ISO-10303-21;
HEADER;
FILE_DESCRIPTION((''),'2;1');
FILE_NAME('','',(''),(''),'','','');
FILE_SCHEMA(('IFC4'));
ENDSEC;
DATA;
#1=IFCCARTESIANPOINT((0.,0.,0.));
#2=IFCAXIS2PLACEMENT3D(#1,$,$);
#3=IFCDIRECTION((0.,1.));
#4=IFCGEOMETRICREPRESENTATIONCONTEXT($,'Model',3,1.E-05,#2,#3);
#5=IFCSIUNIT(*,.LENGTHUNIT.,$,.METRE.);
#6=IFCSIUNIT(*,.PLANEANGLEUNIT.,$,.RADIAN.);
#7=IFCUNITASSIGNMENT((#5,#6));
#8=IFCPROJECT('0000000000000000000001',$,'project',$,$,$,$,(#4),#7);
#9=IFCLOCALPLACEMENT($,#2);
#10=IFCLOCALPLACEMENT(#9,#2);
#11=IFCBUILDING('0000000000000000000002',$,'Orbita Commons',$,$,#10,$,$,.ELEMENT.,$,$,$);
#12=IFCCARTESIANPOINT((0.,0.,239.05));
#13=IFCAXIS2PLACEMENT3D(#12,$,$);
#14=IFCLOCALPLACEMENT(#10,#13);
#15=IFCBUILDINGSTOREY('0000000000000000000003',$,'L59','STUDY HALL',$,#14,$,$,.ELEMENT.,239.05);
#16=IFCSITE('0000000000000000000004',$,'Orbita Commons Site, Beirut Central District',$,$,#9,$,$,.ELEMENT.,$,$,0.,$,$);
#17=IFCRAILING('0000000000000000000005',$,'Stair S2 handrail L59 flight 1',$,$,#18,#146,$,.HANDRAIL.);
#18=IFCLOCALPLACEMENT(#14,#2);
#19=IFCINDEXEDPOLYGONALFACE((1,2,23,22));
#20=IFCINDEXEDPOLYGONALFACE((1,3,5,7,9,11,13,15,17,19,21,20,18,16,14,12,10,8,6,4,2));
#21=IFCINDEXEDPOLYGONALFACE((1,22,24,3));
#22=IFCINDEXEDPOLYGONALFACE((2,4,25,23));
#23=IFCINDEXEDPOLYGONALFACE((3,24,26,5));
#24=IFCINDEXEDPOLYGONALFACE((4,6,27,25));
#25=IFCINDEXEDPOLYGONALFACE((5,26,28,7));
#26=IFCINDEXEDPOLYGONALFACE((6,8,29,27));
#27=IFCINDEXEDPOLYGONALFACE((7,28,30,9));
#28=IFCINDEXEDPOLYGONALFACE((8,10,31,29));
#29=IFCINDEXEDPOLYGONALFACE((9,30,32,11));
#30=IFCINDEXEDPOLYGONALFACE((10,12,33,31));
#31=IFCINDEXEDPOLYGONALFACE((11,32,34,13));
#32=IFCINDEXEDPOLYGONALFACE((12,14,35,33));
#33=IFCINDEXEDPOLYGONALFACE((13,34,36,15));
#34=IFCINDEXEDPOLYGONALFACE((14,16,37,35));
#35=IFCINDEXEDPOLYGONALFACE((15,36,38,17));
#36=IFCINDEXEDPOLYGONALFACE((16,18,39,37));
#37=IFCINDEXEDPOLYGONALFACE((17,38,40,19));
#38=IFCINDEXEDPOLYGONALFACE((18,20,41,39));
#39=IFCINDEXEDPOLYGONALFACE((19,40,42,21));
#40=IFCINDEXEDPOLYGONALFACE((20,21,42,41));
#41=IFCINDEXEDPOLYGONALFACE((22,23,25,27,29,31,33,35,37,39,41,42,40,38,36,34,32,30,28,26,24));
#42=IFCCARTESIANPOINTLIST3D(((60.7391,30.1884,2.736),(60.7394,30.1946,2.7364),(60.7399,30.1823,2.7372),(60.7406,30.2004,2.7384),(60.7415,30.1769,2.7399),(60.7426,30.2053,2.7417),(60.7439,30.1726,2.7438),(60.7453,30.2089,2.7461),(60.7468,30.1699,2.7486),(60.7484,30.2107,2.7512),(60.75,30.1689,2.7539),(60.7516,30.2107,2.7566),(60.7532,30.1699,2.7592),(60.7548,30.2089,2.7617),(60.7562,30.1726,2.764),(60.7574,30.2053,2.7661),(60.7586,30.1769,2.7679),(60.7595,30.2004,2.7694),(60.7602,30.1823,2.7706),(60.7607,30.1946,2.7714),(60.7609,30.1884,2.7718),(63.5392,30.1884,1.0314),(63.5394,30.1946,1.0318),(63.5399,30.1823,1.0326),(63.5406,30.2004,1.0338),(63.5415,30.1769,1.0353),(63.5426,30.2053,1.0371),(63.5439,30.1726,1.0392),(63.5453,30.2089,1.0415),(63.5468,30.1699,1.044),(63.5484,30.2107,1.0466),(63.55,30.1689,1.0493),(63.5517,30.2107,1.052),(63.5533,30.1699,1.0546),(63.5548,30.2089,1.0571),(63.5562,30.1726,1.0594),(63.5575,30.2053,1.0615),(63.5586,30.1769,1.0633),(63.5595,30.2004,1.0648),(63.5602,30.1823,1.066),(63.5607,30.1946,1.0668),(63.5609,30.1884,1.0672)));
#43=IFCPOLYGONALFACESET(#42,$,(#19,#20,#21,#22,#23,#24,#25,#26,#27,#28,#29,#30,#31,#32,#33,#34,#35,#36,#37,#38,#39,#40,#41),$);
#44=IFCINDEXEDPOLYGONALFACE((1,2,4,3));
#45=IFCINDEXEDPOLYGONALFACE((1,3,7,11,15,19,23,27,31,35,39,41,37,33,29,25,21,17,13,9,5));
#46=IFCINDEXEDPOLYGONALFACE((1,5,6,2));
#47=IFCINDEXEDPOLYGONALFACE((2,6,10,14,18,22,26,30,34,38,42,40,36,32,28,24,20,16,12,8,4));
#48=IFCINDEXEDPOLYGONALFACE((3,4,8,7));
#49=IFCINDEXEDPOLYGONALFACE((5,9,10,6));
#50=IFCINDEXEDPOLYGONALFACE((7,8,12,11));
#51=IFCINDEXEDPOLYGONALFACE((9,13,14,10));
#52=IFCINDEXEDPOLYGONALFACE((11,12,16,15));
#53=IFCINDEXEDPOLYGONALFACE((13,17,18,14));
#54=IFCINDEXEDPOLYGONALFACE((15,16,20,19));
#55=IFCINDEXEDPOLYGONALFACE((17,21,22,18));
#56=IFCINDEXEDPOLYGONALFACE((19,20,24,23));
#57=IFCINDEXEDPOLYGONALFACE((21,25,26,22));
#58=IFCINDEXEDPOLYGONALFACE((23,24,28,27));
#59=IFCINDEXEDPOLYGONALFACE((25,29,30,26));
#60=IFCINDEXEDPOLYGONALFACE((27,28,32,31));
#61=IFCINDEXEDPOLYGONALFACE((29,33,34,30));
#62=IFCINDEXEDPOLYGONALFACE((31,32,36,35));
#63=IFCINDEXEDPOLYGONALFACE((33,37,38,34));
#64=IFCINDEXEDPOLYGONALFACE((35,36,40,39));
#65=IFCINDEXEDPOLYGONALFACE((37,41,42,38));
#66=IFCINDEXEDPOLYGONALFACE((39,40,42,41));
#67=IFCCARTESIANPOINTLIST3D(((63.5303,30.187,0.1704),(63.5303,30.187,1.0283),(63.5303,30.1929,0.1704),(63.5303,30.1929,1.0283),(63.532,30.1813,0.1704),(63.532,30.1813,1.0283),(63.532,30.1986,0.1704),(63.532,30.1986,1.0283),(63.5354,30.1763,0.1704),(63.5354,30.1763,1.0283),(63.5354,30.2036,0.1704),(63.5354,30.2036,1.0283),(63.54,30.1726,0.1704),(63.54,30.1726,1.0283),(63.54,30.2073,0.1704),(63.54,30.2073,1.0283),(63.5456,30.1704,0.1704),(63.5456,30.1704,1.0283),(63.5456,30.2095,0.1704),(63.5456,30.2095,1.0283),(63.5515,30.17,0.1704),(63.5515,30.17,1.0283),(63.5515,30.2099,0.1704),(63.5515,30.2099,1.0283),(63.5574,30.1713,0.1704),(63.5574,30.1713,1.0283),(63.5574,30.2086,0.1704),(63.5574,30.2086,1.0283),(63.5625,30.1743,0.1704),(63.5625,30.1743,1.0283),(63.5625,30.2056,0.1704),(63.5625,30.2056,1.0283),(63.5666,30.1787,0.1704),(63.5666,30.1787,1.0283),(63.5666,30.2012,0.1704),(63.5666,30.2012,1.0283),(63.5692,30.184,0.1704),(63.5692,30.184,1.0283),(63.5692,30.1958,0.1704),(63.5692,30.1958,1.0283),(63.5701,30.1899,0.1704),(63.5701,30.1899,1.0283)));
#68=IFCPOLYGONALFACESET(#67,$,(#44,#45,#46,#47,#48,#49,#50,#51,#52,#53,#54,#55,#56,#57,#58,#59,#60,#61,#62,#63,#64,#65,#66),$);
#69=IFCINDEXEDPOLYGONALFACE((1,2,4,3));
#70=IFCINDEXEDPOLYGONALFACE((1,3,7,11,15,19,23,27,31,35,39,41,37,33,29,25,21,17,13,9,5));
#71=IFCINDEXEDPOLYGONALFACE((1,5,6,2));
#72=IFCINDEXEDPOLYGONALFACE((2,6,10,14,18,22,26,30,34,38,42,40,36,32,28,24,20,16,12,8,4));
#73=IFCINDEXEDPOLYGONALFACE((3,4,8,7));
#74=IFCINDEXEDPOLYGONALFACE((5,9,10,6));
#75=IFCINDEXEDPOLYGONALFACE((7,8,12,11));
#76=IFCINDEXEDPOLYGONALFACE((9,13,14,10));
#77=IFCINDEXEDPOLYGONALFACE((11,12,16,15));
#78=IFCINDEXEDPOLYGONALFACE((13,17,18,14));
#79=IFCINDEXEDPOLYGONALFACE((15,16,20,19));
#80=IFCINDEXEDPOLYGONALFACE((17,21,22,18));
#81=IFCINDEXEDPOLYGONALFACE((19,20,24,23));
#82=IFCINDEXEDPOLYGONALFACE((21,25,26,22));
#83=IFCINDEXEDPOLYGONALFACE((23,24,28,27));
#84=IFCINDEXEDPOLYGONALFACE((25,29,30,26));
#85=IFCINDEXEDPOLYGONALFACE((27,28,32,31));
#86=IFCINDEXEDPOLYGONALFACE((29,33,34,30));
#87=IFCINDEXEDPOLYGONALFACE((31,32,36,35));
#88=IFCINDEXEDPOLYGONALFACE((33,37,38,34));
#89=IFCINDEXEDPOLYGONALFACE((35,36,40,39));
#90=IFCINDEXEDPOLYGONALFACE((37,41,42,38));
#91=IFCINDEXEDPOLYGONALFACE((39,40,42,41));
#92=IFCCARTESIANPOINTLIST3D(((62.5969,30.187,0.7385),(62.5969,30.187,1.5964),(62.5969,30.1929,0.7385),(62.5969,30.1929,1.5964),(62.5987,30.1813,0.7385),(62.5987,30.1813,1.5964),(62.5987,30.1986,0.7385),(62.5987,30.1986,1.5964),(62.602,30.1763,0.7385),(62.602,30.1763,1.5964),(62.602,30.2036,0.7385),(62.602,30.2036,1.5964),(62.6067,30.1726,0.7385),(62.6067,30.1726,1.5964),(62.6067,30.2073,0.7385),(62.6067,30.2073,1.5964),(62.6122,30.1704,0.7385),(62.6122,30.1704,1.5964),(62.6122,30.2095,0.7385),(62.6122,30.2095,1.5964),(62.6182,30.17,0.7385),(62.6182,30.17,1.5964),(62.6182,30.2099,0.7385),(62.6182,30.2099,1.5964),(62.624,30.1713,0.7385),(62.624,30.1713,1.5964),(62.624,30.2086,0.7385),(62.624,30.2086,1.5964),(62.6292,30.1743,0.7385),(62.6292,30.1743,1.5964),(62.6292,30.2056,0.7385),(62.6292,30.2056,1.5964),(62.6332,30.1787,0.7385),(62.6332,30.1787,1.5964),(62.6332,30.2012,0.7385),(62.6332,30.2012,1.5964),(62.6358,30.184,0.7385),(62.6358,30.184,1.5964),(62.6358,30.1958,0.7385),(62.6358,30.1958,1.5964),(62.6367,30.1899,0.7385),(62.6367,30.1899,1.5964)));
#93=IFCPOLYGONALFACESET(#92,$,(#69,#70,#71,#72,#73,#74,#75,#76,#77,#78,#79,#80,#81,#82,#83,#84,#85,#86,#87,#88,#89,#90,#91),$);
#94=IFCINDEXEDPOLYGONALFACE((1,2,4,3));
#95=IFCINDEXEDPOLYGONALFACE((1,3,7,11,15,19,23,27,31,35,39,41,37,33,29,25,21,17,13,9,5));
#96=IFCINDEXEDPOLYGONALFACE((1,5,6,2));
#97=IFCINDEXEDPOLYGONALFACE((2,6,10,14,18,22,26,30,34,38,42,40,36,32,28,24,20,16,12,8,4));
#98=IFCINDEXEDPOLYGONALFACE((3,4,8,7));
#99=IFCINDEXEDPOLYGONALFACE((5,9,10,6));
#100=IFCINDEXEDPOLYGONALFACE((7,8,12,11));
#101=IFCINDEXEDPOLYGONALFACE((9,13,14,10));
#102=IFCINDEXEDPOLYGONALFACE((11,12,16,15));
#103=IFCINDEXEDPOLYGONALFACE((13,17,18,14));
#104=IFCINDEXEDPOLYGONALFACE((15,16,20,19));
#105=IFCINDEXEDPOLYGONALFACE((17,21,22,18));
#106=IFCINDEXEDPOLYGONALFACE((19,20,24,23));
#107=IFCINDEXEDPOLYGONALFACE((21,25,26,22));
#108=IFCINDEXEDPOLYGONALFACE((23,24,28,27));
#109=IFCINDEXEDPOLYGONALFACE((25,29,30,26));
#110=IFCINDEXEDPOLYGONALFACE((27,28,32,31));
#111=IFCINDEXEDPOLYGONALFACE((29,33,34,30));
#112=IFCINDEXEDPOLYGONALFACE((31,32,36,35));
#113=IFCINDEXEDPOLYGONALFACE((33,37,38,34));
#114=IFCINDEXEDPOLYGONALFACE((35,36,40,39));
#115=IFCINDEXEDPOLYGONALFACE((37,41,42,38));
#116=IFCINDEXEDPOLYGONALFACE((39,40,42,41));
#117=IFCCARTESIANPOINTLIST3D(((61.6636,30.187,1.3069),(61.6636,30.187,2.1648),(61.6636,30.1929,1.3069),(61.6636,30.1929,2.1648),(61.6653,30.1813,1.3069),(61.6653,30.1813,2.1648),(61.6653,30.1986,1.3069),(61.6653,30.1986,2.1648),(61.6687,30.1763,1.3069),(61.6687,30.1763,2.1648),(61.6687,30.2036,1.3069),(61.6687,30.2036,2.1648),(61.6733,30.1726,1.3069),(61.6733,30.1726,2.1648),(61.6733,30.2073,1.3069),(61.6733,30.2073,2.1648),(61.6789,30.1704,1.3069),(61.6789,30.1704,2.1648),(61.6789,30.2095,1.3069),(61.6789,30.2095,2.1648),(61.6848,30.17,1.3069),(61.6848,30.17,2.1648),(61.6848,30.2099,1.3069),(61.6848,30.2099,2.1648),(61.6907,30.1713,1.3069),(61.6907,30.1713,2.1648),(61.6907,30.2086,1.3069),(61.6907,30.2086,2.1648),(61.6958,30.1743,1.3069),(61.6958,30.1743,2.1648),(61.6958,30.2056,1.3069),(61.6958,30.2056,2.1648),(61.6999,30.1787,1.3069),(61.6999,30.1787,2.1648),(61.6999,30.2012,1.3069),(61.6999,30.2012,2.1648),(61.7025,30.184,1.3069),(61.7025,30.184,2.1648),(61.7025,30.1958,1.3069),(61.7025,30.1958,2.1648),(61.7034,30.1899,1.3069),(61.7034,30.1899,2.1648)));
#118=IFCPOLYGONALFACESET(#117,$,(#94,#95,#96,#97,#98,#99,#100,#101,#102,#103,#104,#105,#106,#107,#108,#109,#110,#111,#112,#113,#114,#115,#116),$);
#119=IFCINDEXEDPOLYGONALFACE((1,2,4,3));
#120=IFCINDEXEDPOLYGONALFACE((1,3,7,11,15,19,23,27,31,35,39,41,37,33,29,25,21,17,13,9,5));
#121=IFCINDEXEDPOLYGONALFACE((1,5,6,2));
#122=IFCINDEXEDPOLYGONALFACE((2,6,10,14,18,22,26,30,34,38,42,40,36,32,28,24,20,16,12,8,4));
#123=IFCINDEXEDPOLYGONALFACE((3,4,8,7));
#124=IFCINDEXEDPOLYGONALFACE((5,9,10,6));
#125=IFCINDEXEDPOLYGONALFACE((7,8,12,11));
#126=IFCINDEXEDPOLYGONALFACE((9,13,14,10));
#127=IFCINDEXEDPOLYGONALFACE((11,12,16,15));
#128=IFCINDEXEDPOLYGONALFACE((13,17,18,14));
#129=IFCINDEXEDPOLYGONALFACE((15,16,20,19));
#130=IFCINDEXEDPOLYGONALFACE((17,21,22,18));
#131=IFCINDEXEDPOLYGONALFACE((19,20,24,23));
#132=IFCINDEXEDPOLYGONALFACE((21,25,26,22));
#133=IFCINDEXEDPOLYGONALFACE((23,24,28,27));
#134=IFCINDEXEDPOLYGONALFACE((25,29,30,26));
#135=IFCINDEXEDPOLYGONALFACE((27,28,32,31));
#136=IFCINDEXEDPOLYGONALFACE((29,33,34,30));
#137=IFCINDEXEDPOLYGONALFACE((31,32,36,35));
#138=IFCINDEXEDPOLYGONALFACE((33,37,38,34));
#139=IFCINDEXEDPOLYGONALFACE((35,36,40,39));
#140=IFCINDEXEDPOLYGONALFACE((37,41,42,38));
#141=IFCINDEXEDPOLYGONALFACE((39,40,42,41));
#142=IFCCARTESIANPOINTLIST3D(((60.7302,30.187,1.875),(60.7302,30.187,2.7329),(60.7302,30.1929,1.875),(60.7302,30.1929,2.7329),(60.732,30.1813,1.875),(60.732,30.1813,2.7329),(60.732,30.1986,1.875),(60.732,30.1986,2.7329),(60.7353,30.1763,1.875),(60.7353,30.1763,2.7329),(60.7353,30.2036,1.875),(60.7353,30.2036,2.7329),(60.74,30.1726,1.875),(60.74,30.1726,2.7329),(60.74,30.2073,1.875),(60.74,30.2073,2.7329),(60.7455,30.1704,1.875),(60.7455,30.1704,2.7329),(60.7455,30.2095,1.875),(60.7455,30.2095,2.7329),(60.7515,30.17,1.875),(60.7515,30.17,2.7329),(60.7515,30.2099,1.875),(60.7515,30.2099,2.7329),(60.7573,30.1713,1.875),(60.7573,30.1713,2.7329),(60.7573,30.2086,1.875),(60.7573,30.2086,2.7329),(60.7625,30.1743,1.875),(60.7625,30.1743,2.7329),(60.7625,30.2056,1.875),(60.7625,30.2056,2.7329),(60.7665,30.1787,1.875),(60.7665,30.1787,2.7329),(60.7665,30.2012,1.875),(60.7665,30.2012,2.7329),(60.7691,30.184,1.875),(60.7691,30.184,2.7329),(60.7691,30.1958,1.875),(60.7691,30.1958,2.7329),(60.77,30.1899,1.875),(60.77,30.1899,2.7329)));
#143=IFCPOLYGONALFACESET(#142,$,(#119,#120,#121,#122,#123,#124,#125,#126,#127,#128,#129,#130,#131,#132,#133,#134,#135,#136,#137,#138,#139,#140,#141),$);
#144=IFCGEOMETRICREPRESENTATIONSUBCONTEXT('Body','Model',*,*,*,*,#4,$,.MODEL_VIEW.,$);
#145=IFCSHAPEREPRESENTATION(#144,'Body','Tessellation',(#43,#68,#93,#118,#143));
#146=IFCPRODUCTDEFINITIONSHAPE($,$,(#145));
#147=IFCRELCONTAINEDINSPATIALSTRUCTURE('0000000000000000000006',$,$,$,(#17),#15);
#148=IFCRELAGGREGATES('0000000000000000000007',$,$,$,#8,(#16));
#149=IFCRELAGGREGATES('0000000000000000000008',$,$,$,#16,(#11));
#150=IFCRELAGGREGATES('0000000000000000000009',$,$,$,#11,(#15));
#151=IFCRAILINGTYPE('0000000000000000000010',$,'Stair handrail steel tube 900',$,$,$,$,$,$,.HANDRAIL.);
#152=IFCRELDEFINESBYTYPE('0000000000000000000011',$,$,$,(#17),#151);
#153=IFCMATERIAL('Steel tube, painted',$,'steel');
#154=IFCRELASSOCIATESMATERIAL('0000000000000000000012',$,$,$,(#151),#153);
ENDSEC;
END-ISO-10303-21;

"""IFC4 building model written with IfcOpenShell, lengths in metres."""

from ifc_helpers import new_model, si_unit, direction, frame, origin, origin_2d, place, context, subcontext, project, spatial, circle, extrude, material, type_object, element, save


model = new_model("IFC4")

# Units and contexts
model_context = context("Model", 3, precision=1e-05, world=origin(), true_north=direction((0.0, 1.0)))
body_context = subcontext(model_context, "Body", "Model", "MODEL_VIEW")
ifc_project = project(units=[si_unit("LENGTHUNIT", "METRE"), si_unit("PLANEANGLEUNIT", "RADIAN")], contexts=[model_context])

# Site, building, storey
site_placement = place(None, origin())
site = spatial("IfcSite", under=ifc_project, at=site_placement, Name="Orbita Commons Site, Beirut Central District", CompositionType="ELEMENT", RefElevation=0.0)
building_placement = place(site_placement, origin())
building = spatial("IfcBuilding", under=site, at=building_placement, Name="Orbita Commons", CompositionType="ELEMENT")
storey_placement = place(building_placement, frame((0.0, 0.0, 239.05)))
storey = spatial("IfcBuildingStorey", under=building, at=storey_placement, Name="L59", Description="STUDY HALL", CompositionType="ELEMENT", Elevation=239.05)

# Railing
ifc_material_1 = material(Name="Steel tube, painted", Category="steel")
railing_type = type_object("IfcRailingType", Name="Stair handrail steel tube 900", PredefinedType="HANDRAIL", material=ifc_material_1)
railing_placement = place(storey_placement, frame((63.55, 30.1899, 0.1704)))
element("IfcRailing", 1, at=railing_placement, inside=storey, type_object=railing_type, Name="Stair S2 handrail L59 flight 1", PredefinedType="HANDRAIL", context=body_context, shape_type="SweptSolid", body=[
    extrude(circle(Radius=0.021, at=origin_2d()), frame((0.0, 0.0, 0.8789), z_axis=(-0.85417, 0.0, 0.519994), x_axis=(0.0, -1.0, 0.0)), (0.0, 0.0, 1.0), 3.2781),
    extrude(circle(Radius=0.02, at=origin_2d()), origin(), (0.0, 0.0, 1.0), 0.8579),
    extrude(circle(Radius=0.02, at=origin_2d()), frame((-0.9333, 0.0, 0.5681)), (0.0, 0.0, 1.0), 0.8579),
    extrude(circle(Radius=0.02, at=origin_2d()), frame((-1.8667, 0.0, 1.1365)), (0.0, 0.0, 1.0), 0.8579),
    extrude(circle(Radius=0.02, at=origin_2d()), frame((-2.8, 0.0, 1.7046)), (0.0, 0.0, 1.0), 0.8579),
])

save(model, "model.ifc")
